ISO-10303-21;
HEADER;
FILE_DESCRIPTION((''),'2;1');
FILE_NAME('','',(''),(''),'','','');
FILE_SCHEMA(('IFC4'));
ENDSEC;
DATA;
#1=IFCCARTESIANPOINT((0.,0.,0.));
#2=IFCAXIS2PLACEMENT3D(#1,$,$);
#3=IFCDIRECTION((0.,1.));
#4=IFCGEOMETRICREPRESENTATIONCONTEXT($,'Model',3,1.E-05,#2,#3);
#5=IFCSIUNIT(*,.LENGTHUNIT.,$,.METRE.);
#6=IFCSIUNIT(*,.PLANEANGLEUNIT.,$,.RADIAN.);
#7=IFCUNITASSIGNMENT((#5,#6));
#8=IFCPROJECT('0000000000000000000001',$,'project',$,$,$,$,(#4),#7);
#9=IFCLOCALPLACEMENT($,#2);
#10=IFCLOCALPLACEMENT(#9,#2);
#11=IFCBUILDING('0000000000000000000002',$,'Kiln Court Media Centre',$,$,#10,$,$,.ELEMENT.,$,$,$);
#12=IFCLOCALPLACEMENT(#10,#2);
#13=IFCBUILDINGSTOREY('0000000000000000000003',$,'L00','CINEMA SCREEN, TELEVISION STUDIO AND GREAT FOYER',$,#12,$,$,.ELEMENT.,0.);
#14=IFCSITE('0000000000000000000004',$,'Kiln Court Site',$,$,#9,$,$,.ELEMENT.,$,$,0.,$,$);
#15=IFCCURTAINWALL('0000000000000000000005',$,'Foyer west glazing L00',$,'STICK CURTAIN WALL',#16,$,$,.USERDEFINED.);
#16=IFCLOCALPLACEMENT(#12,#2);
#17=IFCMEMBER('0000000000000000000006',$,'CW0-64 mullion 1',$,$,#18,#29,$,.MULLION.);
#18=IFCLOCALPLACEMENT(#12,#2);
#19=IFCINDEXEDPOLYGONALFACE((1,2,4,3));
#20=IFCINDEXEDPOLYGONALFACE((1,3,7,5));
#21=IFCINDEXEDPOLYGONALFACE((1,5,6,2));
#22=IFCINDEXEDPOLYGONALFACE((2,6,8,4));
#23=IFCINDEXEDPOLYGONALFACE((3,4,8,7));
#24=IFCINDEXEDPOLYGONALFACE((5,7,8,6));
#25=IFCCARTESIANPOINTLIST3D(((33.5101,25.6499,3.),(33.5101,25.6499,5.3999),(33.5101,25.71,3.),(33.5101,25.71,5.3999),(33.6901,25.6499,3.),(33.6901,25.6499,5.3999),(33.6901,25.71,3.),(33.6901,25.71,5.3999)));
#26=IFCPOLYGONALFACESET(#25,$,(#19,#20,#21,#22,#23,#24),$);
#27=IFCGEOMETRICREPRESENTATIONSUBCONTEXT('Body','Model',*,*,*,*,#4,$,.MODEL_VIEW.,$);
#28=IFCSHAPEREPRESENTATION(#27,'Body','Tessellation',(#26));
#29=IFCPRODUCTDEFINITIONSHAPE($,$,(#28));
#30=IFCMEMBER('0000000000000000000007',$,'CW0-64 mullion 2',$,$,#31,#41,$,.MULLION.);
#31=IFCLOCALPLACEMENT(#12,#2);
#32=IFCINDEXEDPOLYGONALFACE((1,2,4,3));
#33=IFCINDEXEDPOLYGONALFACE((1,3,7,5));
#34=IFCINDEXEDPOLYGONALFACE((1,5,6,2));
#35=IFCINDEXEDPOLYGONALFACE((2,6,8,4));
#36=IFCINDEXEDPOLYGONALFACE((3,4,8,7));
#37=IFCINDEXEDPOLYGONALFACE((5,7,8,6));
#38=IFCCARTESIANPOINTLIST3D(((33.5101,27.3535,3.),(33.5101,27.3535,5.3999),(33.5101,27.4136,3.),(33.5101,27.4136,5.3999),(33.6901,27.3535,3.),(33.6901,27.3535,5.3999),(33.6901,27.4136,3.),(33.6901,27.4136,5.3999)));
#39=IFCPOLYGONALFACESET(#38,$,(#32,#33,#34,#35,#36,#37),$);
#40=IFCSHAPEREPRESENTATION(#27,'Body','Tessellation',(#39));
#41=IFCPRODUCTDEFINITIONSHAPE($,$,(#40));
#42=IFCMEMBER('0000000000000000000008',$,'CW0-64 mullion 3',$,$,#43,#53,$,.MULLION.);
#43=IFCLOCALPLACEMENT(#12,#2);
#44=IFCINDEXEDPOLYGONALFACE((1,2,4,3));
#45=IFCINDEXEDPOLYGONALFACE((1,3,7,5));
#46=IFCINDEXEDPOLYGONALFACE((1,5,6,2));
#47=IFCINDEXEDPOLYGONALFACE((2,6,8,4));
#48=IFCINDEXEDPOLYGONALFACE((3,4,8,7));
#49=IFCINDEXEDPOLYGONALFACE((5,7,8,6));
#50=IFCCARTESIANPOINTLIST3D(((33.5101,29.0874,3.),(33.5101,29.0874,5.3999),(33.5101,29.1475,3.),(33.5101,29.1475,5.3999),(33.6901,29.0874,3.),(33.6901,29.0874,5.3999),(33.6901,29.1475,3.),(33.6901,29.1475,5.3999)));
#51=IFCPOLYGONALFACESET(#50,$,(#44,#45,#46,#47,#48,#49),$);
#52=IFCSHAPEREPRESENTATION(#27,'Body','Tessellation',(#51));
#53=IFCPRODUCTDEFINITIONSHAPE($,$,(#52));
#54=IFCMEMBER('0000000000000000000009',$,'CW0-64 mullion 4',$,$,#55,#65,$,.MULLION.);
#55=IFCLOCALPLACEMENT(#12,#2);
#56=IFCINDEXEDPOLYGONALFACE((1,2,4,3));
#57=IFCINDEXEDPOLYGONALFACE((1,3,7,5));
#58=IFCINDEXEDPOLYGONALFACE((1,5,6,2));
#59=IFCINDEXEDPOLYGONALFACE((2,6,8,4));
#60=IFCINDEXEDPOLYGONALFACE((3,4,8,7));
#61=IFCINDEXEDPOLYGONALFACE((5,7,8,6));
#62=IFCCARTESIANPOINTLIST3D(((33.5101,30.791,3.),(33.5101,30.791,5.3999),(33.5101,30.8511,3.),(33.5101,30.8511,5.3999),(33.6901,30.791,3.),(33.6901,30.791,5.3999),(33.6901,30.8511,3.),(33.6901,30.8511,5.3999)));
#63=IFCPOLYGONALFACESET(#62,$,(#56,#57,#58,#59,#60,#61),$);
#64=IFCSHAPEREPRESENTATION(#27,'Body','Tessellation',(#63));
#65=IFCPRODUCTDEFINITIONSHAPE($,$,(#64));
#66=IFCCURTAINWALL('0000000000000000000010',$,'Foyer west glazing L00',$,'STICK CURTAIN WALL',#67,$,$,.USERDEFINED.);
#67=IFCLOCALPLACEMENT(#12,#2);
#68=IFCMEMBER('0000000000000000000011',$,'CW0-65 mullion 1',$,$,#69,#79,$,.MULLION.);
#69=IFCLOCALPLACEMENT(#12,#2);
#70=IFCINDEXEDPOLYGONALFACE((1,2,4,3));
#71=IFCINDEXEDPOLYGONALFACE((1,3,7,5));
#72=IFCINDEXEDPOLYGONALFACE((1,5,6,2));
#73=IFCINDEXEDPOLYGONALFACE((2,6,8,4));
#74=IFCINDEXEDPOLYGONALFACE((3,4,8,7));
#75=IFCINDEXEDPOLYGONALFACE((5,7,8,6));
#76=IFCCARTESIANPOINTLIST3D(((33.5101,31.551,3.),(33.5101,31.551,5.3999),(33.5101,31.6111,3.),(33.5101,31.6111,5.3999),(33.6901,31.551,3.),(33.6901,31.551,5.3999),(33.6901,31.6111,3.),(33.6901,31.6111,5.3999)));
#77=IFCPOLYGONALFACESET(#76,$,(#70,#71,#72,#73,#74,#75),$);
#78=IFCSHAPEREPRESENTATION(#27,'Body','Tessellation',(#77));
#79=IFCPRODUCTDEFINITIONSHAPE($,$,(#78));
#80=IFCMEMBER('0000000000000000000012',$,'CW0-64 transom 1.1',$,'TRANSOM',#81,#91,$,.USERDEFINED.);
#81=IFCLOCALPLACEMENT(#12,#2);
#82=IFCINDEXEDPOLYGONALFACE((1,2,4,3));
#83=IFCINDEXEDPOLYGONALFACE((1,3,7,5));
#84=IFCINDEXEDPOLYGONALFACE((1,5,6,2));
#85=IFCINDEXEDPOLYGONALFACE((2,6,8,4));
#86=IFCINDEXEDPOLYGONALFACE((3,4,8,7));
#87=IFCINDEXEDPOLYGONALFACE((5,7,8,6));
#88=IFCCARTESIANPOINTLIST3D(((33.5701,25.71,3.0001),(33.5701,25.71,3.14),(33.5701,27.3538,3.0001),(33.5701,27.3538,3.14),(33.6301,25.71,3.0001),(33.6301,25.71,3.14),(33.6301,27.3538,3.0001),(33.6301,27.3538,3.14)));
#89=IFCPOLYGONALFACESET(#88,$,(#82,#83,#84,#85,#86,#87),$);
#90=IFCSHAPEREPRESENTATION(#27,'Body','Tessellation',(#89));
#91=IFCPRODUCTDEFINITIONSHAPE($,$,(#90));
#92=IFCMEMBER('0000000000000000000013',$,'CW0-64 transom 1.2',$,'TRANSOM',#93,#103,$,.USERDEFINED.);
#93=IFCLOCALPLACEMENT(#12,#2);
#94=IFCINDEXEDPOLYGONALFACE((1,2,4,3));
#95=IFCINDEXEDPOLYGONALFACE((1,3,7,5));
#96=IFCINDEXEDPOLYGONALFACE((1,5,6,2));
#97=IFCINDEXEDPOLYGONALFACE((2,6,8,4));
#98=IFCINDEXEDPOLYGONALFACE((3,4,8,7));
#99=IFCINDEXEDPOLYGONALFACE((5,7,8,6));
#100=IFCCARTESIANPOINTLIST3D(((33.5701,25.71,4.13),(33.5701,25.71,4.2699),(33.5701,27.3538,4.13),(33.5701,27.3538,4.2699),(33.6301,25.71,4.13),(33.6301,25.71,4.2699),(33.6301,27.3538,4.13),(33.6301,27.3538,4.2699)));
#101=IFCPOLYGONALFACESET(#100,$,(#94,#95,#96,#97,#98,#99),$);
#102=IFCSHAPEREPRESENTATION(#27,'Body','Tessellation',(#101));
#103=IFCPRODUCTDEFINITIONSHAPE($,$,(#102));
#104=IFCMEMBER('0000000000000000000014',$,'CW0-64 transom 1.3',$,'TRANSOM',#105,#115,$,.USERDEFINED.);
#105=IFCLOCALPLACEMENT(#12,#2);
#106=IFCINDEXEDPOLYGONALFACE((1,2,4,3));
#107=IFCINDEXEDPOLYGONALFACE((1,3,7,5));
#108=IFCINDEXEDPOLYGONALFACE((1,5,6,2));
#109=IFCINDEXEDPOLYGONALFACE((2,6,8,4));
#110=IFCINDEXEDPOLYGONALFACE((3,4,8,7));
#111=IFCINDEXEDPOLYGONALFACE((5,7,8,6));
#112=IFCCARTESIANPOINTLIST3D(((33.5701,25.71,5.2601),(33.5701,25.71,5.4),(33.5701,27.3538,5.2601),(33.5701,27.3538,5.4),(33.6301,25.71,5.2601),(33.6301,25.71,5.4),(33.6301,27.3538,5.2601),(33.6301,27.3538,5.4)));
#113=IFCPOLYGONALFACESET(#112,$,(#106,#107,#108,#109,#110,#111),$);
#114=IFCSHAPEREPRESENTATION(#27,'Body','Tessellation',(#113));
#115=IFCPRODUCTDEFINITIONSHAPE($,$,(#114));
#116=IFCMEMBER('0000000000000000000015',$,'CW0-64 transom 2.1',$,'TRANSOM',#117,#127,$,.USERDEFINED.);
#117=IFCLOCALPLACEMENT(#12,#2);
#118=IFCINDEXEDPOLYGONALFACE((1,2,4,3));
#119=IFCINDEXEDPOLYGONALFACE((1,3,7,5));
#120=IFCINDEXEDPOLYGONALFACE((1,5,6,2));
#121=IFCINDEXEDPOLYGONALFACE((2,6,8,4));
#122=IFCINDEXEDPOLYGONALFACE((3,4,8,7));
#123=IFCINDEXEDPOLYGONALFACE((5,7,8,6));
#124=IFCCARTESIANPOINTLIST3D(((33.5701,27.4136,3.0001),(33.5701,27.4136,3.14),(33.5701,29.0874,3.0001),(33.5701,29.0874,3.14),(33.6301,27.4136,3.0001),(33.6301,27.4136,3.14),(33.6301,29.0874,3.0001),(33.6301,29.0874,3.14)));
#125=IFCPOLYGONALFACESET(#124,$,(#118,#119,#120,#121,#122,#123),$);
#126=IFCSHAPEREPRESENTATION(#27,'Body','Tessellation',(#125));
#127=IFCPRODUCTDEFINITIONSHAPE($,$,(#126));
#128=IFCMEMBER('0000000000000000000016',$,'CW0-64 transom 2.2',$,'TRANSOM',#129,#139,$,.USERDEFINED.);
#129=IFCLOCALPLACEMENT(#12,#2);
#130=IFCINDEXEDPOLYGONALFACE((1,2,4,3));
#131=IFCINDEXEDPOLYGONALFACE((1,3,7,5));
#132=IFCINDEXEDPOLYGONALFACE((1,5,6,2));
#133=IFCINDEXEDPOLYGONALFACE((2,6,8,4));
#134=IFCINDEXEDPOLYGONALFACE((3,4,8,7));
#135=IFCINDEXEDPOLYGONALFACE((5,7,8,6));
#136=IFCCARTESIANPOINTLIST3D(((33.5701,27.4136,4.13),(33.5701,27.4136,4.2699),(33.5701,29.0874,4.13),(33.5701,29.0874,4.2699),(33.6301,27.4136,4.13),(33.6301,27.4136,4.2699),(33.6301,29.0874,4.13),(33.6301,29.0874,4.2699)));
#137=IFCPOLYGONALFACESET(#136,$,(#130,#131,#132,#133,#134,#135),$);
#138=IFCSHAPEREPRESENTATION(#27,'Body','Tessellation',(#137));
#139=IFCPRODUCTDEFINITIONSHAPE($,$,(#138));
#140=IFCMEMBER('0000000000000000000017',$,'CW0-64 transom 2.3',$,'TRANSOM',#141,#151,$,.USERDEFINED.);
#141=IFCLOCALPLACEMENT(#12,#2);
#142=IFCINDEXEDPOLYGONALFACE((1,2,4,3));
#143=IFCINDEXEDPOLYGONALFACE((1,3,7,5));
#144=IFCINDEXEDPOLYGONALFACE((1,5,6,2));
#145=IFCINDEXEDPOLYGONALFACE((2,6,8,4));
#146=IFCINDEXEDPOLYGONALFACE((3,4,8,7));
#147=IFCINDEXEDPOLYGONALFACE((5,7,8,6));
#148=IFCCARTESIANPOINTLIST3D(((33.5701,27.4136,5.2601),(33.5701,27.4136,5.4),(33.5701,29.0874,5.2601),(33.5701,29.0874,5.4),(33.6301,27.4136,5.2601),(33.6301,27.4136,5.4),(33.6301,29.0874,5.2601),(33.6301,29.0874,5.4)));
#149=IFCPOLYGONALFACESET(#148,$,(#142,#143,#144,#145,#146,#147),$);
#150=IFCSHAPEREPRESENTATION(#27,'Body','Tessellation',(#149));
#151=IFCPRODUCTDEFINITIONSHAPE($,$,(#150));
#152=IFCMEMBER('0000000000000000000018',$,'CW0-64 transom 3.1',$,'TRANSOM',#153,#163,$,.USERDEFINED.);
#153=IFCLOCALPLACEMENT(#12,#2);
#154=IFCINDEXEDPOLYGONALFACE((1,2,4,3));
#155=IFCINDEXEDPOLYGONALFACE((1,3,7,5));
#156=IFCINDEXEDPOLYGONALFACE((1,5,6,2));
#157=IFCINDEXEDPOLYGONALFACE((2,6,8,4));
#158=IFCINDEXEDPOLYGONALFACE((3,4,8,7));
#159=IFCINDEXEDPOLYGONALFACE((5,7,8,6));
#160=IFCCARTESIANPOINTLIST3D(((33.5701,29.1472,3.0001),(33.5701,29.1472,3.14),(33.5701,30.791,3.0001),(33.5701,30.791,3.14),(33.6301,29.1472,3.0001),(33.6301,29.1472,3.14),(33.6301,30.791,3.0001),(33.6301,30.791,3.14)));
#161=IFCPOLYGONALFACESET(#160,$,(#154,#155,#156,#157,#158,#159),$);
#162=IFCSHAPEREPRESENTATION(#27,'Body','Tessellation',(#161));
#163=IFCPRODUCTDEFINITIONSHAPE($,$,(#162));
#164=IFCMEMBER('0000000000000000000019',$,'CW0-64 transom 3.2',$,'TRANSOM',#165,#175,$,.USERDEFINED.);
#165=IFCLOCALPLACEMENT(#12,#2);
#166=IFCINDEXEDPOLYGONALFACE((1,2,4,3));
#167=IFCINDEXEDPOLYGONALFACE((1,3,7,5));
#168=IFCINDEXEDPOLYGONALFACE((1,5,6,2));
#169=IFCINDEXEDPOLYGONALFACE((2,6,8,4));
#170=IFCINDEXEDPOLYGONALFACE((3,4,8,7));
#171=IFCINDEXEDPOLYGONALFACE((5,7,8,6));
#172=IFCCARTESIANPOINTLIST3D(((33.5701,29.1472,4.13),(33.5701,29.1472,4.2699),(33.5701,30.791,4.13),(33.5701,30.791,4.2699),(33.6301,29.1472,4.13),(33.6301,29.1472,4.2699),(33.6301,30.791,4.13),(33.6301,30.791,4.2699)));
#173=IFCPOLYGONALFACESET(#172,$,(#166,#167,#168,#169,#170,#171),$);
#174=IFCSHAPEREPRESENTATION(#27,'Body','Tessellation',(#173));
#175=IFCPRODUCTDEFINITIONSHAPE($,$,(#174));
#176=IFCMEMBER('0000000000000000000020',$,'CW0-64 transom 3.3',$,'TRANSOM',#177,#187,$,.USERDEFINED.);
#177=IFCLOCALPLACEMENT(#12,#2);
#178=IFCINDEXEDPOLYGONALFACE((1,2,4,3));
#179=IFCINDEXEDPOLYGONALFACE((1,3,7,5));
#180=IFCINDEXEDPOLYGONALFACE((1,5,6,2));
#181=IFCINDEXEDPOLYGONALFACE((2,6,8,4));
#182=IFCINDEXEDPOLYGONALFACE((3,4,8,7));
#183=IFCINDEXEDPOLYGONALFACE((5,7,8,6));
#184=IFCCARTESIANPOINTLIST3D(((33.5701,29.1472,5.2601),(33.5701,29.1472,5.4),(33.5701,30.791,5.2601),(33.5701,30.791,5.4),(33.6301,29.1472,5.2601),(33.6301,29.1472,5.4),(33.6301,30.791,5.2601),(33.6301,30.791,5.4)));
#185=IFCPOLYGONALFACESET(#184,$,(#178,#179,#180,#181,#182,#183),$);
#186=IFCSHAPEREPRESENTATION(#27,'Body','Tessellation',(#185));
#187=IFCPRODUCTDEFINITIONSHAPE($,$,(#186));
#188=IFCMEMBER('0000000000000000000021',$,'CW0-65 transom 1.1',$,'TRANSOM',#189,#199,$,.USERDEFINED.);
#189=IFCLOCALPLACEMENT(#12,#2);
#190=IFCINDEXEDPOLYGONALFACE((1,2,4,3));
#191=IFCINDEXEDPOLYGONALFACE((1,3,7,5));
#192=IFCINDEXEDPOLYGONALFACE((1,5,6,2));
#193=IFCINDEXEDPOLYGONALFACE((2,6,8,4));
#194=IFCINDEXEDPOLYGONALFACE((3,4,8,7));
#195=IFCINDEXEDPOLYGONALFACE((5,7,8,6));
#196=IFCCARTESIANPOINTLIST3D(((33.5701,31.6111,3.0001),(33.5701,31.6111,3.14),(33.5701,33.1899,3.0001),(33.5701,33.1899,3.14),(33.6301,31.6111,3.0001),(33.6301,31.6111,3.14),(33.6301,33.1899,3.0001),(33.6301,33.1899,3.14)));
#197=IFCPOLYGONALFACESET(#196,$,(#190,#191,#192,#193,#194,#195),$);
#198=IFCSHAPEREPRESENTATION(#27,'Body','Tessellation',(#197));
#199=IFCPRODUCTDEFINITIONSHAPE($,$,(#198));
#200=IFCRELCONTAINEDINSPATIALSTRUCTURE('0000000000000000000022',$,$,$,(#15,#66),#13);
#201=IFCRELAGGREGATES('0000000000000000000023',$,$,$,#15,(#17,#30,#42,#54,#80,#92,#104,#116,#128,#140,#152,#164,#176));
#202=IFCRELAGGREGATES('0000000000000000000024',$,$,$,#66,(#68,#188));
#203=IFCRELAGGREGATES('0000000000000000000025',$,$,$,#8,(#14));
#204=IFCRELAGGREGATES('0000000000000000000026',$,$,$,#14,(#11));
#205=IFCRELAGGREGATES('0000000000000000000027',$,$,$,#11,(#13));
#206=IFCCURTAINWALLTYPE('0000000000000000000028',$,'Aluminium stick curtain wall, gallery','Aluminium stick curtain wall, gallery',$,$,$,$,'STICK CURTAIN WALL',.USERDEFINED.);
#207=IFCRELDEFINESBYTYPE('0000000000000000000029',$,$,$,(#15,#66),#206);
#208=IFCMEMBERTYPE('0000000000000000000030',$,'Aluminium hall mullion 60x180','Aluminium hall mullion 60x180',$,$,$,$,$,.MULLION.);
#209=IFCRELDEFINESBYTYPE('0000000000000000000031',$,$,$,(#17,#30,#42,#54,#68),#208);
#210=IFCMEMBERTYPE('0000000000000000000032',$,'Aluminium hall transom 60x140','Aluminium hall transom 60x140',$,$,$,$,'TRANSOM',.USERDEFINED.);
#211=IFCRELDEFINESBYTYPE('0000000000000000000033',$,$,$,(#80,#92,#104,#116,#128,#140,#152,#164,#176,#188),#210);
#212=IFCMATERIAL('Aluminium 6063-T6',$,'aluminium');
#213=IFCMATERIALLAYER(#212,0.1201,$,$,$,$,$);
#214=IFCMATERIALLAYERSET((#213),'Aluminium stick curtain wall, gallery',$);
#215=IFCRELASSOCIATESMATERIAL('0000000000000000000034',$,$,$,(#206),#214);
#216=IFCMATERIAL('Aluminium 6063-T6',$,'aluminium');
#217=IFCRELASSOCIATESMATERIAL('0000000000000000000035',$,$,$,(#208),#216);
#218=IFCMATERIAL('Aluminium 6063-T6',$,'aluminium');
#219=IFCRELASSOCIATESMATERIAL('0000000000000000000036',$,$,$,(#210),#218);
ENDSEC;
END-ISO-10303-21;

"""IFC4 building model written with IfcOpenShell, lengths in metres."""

from ifc_helpers import new_model, si_unit, direction, frame, origin, origin_2d, place, context, subcontext, project, spatial, rectangle, extrude, material, layer, layer_set, material_profile, profile_set, type_object, element, aggregate, save


model = new_model("IFC4")

# Units and contexts
model_context = context("Model", 3, precision=1e-05, world=origin(), true_north=direction((0.0, 1.0)))
body_context = subcontext(model_context, "Body", "Model", "MODEL_VIEW")
ifc_project = project(units=[si_unit("LENGTHUNIT", "METRE"), si_unit("PLANEANGLEUNIT", "RADIAN")], contexts=[model_context])

# Site, building, storey
site_placement = place(None, origin())
site = spatial("IfcSite", under=ifc_project, at=site_placement, Name="Kiln Court Site", CompositionType="ELEMENT", RefElevation=0.0)
building_placement = place(site_placement, origin())
building = spatial("IfcBuilding", under=site, at=building_placement, Name="Kiln Court Media Centre", CompositionType="ELEMENT")
storey_placement = place(building_placement, origin())
storey = spatial("IfcBuildingStorey", under=building, at=storey_placement, Name="L00", Description="CINEMA SCREEN, TELEVISION STUDIO AND GREAT FOYER", CompositionType="ELEMENT", Elevation=0.0)

# Curtain wall, members
ifc_material_1 = material(Name="Aluminium 6063-T6", Category="aluminium")
ifc_layer_1 = layer(ifc_material_1, 0.1201)
ifc_layer_set_1 = layer_set([ifc_layer_1], Name="Aluminium stick curtain wall, gallery")
curtain_wall_type = type_object("IfcCurtainWallType", Name="Aluminium stick curtain wall, gallery", Description="Aluminium stick curtain wall, gallery", ElementType="STICK CURTAIN WALL", PredefinedType="USERDEFINED", material=ifc_layer_set_1)
curtain_wall_1_placement = place(storey_placement, origin())
curtain_wall_1 = element("IfcCurtainWall", 1, at=curtain_wall_1_placement, inside=storey, type_object=curtain_wall_type, Name="Foyer west glazing L00", ObjectType="STICK CURTAIN WALL", PredefinedType="USERDEFINED")
ifc_material_2 = material(Name="Aluminium 6063-T6", Category="aluminium")
ifc_material_profile_1 = material_profile(ifc_material_2, rectangle(XDim=0.0601, YDim=0.1799, at=origin_2d()), Name="Aluminium hall mullion 60x180")
ifc_profile_set_1 = profile_set([ifc_material_profile_1], Name="Aluminium 6063-T6")
member_type_1 = type_object("IfcMemberType", Name="Aluminium hall mullion 60x180", Description="Aluminium hall mullion 60x180", PredefinedType="MULLION", material=ifc_profile_set_1)
member_1_placement = place(storey_placement, frame((33.6001, 25.6799, 3.0), z_axis=(0.0, 0.0, 1.0), x_axis=(0.0, 1.0, 0.0)))
member_1 = element("IfcMember", 2, at=member_1_placement, type_object=member_type_1, Name="CW0-64 mullion 1", PredefinedType="MULLION", context=body_context, shape_type="SweptSolid", body=[
    extrude(rectangle(XDim=0.0601, YDim=0.1799, at=origin_2d()), origin(), (0.0, 0.0, 1.0), 2.3999),
])
member_2_placement = place(storey_placement, frame((33.6001, 27.3835, 3.0), z_axis=(0.0, 0.0, 1.0), x_axis=(0.0, 1.0, 0.0)))
member_2 = element("IfcMember", 3, at=member_2_placement, type_object=member_type_1, Name="CW0-64 mullion 2", PredefinedType="MULLION", context=body_context, shape_type="SweptSolid", body=[
    extrude(rectangle(XDim=0.0601, YDim=0.1799, at=origin_2d()), origin(), (0.0, 0.0, 1.0), 2.3999),
])
member_3_placement = place(storey_placement, frame((33.6001, 29.1174, 3.0), z_axis=(0.0, 0.0, 1.0), x_axis=(0.0, 1.0, 0.0)))
member_3 = element("IfcMember", 4, at=member_3_placement, type_object=member_type_1, Name="CW0-64 mullion 3", PredefinedType="MULLION", context=body_context, shape_type="SweptSolid", body=[
    extrude(rectangle(XDim=0.0601, YDim=0.1799, at=origin_2d()), origin(), (0.0, 0.0, 1.0), 2.3999),
])
member_4_placement = place(storey_placement, frame((33.6001, 30.821, 3.0), z_axis=(0.0, 0.0, 1.0), x_axis=(0.0, 1.0, 0.0)))
member_4 = element("IfcMember", 5, at=member_4_placement, type_object=member_type_1, Name="CW0-64 mullion 4", PredefinedType="MULLION", context=body_context, shape_type="SweptSolid", body=[
    extrude(rectangle(XDim=0.0601, YDim=0.1799, at=origin_2d()), origin(), (0.0, 0.0, 1.0), 2.3999),
])

# Curtain wall, member
curtain_wall_2_placement = place(storey_placement, origin())
curtain_wall_2 = element("IfcCurtainWall", 6, at=curtain_wall_2_placement, inside=storey, type_object=curtain_wall_type, Name="Foyer west glazing L00", ObjectType="STICK CURTAIN WALL", PredefinedType="USERDEFINED")
member_5_placement = place(storey_placement, frame((33.6001, 31.5811, 3.0), z_axis=(0.0, 0.0, 1.0), x_axis=(0.0, 1.0, 0.0)))
member_5 = element("IfcMember", 7, at=member_5_placement, type_object=member_type_1, Name="CW0-65 mullion 1", PredefinedType="MULLION", context=body_context, shape_type="SweptSolid", body=[
    extrude(rectangle(XDim=0.0601, YDim=0.1799, at=origin_2d()), origin(), (0.0, 0.0, 1.0), 2.3999),
])

# Members
ifc_material_3 = material(Name="Aluminium 6063-T6", Category="aluminium")
ifc_material_profile_2 = material_profile(ifc_material_3, rectangle(XDim=0.0601, YDim=0.1399, at=origin_2d()), Name="Aluminium hall transom 60x140")
ifc_profile_set_2 = profile_set([ifc_material_profile_2], Name="Aluminium 6063-T6")
member_type_2 = type_object("IfcMemberType", Name="Aluminium hall transom 60x140", Description="Aluminium hall transom 60x140", ElementType="TRANSOM", PredefinedType="USERDEFINED", material=ifc_profile_set_2)
member_6_placement = place(storey_placement, frame((33.6001, 25.71, 3.0701), z_axis=(0.0, 1.0, 0.0), x_axis=(-1.0, 0.0, 0.0)))
member_6 = element("IfcMember", 8, at=member_6_placement, type_object=member_type_2, Name="CW0-64 transom 1.1", ObjectType="TRANSOM", PredefinedType="USERDEFINED", context=body_context, shape_type="SweptSolid", body=[
    extrude(rectangle(XDim=0.0601, YDim=0.1399, at=origin_2d()), origin(), (0.0, 0.0, 1.0), 1.6438),
])
member_7_placement = place(storey_placement, frame((33.6001, 25.71, 4.2), z_axis=(0.0, 1.0, 0.0), x_axis=(-1.0, 0.0, 0.0)))
member_7 = element("IfcMember", 9, at=member_7_placement, type_object=member_type_2, Name="CW0-64 transom 1.2", ObjectType="TRANSOM", PredefinedType="USERDEFINED", context=body_context, shape_type="SweptSolid", body=[
    extrude(rectangle(XDim=0.0601, YDim=0.1399, at=origin_2d()), origin(), (0.0, 0.0, 1.0), 1.6438),
])
member_8_placement = place(storey_placement, frame((33.6001, 25.71, 5.3301), z_axis=(0.0, 1.0, 0.0), x_axis=(-1.0, 0.0, 0.0)))
member_8 = element("IfcMember", 10, at=member_8_placement, type_object=member_type_2, Name="CW0-64 transom 1.3", ObjectType="TRANSOM", PredefinedType="USERDEFINED", context=body_context, shape_type="SweptSolid", body=[
    extrude(rectangle(XDim=0.0601, YDim=0.1399, at=origin_2d()), origin(), (0.0, 0.0, 1.0), 1.6438),
])
member_9_placement = place(storey_placement, frame((33.6001, 27.4136, 3.0701), z_axis=(0.0, 1.0, 0.0), x_axis=(-1.0, 0.0, 0.0)))
member_9 = element("IfcMember", 11, at=member_9_placement, type_object=member_type_2, Name="CW0-64 transom 2.1", ObjectType="TRANSOM", PredefinedType="USERDEFINED", context=body_context, shape_type="SweptSolid", body=[
    extrude(rectangle(XDim=0.0601, YDim=0.1399, at=origin_2d()), origin(), (0.0, 0.0, 1.0), 1.6738),
])
member_10_placement = place(storey_placement, frame((33.6001, 27.4136, 4.2), z_axis=(0.0, 1.0, 0.0), x_axis=(-1.0, 0.0, 0.0)))
member_10 = element("IfcMember", 12, at=member_10_placement, type_object=member_type_2, Name="CW0-64 transom 2.2", ObjectType="TRANSOM", PredefinedType="USERDEFINED", context=body_context, shape_type="SweptSolid", body=[
    extrude(rectangle(XDim=0.0601, YDim=0.1399, at=origin_2d()), origin(), (0.0, 0.0, 1.0), 1.6738),
])
member_11_placement = place(storey_placement, frame((33.6001, 27.4136, 5.3301), z_axis=(0.0, 1.0, 0.0), x_axis=(-1.0, 0.0, 0.0)))
member_11 = element("IfcMember", 13, at=member_11_placement, type_object=member_type_2, Name="CW0-64 transom 2.3", ObjectType="TRANSOM", PredefinedType="USERDEFINED", context=body_context, shape_type="SweptSolid", body=[
    extrude(rectangle(XDim=0.0601, YDim=0.1399, at=origin_2d()), origin(), (0.0, 0.0, 1.0), 1.6738),
])
member_12_placement = place(storey_placement, frame((33.6001, 29.1472, 3.0701), z_axis=(0.0, 1.0, 0.0), x_axis=(-1.0, 0.0, 0.0)))
member_12 = element("IfcMember", 14, at=member_12_placement, type_object=member_type_2, Name="CW0-64 transom 3.1", ObjectType="TRANSOM", PredefinedType="USERDEFINED", context=body_context, shape_type="SweptSolid", body=[
    extrude(rectangle(XDim=0.0601, YDim=0.1399, at=origin_2d()), origin(), (0.0, 0.0, 1.0), 1.6438),
])
member_13_placement = place(storey_placement, frame((33.6001, 29.1472, 4.2), z_axis=(0.0, 1.0, 0.0), x_axis=(-1.0, 0.0, 0.0)))
member_13 = element("IfcMember", 15, at=member_13_placement, type_object=member_type_2, Name="CW0-64 transom 3.2", ObjectType="TRANSOM", PredefinedType="USERDEFINED", context=body_context, shape_type="SweptSolid", body=[
    extrude(rectangle(XDim=0.0601, YDim=0.1399, at=origin_2d()), origin(), (0.0, 0.0, 1.0), 1.6438),
])
member_14_placement = place(storey_placement, frame((33.6001, 29.1472, 5.3301), z_axis=(0.0, 1.0, 0.0), x_axis=(-1.0, 0.0, 0.0)))
member_14 = element("IfcMember", 16, at=member_14_placement, type_object=member_type_2, Name="CW0-64 transom 3.3", ObjectType="TRANSOM", PredefinedType="USERDEFINED", context=body_context, shape_type="SweptSolid", body=[
    extrude(rectangle(XDim=0.0601, YDim=0.1399, at=origin_2d()), origin(), (0.0, 0.0, 1.0), 1.6438),
])
member_15_placement = place(storey_placement, frame((33.6001, 31.6111, 3.0701), z_axis=(0.0, 1.0, 0.0), x_axis=(-1.0, 0.0, 0.0)))
member_15 = element("IfcMember", 17, at=member_15_placement, type_object=member_type_2, Name="CW0-65 transom 1.1", ObjectType="TRANSOM", PredefinedType="USERDEFINED", context=body_context, shape_type="SweptSolid", body=[
    extrude(rectangle(XDim=0.0601, YDim=0.1399, at=origin_2d()), origin(), (0.0, 0.0, 1.0), 1.5789),
])

aggregate(curtain_wall_1, [member_1, member_2, member_3, member_4, member_6, member_7, member_8, member_9, member_10, member_11, member_12, member_13, member_14])
aggregate(curtain_wall_2, [member_5, member_15])

save(model, "model.ifc")
